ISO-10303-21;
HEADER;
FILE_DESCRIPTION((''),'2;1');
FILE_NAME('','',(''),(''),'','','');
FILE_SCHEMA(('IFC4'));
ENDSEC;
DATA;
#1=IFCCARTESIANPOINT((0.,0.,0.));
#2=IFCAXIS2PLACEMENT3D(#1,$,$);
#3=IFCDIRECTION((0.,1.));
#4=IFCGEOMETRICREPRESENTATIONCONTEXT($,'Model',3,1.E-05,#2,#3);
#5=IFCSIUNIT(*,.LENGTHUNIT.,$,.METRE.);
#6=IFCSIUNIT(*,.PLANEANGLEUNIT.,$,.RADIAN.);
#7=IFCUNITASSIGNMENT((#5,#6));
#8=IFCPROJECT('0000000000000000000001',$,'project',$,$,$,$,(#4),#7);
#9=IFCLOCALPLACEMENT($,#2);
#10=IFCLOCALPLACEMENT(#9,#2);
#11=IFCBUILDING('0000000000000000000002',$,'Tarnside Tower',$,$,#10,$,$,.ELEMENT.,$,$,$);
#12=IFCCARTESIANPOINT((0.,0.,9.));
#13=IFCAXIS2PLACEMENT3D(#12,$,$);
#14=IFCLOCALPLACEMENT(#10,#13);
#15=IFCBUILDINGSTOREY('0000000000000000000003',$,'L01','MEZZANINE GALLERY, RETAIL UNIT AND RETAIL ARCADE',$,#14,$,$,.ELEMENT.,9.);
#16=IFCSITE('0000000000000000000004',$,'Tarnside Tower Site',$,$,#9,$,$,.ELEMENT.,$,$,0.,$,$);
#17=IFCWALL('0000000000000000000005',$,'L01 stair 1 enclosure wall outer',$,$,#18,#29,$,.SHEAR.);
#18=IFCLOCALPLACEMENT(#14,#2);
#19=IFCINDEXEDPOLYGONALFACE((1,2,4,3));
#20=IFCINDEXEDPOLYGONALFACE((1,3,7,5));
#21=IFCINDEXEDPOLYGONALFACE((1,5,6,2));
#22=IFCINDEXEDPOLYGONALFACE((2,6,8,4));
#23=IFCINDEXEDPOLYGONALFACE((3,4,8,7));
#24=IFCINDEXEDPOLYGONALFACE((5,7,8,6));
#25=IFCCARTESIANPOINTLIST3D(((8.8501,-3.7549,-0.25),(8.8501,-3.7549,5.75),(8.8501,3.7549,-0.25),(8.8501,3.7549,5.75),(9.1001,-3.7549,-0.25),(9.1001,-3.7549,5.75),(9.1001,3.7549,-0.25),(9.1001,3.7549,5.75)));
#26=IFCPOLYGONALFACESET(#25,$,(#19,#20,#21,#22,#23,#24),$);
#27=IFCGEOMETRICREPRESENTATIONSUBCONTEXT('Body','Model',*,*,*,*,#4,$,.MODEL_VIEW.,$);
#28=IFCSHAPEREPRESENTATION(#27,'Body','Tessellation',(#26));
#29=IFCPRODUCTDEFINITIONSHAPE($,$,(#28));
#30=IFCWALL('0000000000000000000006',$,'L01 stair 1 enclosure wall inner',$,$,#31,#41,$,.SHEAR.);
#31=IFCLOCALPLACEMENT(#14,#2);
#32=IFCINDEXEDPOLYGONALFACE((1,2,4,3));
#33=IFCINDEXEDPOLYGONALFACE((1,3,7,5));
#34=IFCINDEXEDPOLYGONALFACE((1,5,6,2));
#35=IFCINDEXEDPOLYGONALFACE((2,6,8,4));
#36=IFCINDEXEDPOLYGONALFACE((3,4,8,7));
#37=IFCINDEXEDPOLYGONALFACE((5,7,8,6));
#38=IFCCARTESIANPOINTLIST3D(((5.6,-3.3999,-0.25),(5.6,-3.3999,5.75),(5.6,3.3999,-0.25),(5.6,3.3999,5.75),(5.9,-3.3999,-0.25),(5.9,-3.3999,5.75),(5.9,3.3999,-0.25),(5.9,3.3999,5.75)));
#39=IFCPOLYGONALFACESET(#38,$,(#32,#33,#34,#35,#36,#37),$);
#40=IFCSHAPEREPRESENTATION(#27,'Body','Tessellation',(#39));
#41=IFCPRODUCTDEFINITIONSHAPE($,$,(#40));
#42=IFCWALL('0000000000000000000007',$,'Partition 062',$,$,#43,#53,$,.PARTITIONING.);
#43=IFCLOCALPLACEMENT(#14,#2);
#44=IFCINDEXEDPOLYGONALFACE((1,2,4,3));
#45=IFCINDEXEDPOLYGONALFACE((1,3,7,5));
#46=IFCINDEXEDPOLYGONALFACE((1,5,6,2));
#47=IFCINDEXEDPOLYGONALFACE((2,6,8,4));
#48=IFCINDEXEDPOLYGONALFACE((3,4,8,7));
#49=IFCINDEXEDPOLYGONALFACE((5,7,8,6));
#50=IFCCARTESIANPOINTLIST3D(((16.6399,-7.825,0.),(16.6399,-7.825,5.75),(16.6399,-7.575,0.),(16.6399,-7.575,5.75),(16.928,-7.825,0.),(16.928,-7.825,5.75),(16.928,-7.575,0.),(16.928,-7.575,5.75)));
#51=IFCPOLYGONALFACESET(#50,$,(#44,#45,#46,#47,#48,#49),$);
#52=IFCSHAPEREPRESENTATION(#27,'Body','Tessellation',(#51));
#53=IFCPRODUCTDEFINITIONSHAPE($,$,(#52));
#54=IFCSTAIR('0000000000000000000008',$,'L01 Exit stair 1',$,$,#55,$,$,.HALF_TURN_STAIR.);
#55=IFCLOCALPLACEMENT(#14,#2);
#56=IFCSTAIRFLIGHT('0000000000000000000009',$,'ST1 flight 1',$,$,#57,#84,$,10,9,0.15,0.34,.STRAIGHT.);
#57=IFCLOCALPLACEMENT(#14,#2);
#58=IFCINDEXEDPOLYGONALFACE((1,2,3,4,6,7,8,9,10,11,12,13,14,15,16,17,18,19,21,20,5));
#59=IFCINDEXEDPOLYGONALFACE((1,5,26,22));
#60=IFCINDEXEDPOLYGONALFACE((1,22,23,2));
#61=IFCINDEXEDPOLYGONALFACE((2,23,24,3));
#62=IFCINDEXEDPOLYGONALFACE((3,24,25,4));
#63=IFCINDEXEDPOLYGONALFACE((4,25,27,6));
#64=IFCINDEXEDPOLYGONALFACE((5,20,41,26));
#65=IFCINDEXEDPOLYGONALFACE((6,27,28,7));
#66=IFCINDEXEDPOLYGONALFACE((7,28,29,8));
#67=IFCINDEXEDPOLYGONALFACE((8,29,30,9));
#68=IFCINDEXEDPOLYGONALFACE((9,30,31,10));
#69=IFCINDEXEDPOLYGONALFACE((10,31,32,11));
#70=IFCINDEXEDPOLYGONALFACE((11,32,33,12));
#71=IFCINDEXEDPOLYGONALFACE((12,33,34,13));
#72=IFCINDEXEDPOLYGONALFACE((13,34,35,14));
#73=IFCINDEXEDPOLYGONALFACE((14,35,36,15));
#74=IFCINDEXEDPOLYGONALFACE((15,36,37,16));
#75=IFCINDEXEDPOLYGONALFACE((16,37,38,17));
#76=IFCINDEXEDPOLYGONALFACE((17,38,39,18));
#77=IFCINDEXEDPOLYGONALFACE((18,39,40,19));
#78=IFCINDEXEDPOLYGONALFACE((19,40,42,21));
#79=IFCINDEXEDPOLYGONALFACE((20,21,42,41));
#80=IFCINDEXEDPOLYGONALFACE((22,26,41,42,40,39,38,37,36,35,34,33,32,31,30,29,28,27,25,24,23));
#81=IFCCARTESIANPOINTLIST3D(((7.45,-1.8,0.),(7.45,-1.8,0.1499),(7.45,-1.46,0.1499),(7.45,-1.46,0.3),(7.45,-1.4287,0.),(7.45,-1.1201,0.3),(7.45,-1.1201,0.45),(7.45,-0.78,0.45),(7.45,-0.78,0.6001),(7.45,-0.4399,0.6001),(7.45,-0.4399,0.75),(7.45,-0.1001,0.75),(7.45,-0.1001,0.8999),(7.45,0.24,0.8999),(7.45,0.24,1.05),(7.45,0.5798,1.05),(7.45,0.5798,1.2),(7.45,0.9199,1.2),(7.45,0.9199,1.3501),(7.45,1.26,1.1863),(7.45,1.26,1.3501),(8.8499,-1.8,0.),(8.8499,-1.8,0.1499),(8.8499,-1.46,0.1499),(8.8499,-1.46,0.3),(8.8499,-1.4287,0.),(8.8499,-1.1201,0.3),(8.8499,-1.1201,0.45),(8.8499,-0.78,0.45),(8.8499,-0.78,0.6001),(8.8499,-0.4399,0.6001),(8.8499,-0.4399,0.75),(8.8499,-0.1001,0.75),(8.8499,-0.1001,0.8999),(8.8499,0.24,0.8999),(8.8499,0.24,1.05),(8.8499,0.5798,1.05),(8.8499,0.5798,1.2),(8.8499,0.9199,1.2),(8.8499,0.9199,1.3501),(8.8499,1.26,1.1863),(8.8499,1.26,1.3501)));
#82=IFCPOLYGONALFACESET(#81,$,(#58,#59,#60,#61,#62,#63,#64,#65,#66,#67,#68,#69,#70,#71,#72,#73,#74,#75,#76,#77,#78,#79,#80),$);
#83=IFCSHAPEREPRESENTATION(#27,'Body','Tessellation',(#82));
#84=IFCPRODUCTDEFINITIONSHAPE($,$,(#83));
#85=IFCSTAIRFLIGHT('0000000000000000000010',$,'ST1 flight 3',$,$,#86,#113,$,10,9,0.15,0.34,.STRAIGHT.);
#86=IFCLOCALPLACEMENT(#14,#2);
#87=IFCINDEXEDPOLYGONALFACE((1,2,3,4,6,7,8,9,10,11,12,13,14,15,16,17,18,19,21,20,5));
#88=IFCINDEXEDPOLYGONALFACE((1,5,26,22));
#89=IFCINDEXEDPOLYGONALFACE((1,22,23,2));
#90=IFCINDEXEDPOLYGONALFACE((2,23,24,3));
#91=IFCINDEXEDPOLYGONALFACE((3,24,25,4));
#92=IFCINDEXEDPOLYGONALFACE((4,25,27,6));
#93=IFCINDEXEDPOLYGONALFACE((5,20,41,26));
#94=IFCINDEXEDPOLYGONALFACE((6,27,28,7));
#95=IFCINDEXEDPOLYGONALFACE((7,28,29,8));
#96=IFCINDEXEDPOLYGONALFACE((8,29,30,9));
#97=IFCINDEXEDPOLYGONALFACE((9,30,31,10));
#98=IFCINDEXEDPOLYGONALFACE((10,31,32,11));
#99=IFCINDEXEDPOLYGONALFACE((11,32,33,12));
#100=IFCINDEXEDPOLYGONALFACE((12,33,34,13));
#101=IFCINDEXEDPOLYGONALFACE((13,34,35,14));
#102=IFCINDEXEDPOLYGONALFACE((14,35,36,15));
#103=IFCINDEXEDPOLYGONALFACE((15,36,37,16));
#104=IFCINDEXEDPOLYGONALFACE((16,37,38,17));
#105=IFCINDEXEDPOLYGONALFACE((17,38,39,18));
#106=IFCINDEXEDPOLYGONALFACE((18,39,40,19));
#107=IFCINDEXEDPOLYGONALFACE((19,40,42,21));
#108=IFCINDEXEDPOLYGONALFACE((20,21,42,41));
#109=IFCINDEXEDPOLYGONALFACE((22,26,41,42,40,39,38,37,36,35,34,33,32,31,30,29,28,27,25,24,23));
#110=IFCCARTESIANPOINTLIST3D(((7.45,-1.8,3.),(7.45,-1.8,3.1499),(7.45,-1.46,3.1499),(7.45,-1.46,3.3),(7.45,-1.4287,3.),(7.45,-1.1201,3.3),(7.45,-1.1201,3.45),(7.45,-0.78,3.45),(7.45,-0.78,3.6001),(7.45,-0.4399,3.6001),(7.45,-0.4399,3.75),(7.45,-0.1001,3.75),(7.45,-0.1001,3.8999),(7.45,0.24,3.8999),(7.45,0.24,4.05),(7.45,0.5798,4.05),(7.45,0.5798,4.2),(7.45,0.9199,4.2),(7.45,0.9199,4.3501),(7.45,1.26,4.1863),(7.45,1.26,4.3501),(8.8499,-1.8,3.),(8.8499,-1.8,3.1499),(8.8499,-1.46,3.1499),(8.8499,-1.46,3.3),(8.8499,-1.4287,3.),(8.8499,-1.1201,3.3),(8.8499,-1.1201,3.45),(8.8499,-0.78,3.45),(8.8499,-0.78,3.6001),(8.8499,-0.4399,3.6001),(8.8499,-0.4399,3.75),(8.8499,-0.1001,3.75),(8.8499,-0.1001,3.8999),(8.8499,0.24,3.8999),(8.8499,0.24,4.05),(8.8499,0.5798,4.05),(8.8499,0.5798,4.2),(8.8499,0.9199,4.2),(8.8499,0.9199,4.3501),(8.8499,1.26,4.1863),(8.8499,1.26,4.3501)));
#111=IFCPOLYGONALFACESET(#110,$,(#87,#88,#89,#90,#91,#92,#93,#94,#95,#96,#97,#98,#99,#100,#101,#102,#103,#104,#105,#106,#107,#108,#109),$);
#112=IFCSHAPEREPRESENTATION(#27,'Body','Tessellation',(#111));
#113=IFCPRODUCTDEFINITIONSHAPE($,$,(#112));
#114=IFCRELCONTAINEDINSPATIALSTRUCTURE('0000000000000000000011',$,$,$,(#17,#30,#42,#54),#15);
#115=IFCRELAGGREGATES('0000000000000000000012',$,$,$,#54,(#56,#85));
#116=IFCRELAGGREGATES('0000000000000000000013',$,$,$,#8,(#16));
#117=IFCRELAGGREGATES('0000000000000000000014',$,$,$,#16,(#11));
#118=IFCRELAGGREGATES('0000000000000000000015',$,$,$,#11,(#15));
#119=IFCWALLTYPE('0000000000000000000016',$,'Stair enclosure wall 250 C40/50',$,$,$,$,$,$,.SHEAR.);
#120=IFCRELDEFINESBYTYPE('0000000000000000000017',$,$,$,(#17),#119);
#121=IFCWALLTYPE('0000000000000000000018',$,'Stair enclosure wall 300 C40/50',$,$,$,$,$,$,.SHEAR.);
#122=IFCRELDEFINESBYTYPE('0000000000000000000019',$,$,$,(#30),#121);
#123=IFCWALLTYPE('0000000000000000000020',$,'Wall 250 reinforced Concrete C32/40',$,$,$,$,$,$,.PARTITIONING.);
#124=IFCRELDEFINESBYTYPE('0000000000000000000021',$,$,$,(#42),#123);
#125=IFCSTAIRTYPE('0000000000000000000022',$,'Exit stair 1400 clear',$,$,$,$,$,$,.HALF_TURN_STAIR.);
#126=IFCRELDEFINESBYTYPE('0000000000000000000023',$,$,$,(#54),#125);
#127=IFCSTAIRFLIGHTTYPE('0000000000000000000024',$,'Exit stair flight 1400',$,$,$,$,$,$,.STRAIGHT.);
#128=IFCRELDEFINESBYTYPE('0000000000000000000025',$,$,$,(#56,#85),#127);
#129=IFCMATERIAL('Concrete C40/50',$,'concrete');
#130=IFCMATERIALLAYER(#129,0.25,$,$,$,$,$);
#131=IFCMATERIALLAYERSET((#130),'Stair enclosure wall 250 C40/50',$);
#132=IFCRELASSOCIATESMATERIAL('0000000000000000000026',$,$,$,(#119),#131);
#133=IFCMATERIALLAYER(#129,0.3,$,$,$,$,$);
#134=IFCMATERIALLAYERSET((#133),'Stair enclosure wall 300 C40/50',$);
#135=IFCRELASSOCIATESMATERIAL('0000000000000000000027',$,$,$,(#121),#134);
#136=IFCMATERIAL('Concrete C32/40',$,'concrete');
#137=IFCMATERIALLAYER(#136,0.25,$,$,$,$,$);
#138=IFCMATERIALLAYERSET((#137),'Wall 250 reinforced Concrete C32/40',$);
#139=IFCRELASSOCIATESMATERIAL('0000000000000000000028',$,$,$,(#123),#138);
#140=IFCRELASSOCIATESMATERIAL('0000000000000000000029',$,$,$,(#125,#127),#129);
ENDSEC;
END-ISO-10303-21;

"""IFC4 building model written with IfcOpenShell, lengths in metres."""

from ifc_helpers import new_model, si_unit, direction, frame, frame_2d, origin, place, context, subcontext, project, spatial, polyline, rectangle, outline, extrude, material, layer, layer_set, type_object, element, aggregate, save


model = new_model("IFC4")

# Units and contexts
model_context = context("Model", 3, precision=1e-05, world=origin(), true_north=direction((0.0, 1.0)))
body_context = subcontext(model_context, "Body", "Model", "MODEL_VIEW")
ifc_project = project(units=[si_unit("LENGTHUNIT", "METRE"), si_unit("PLANEANGLEUNIT", "RADIAN")], contexts=[model_context])

# Site, building, storey
site_placement = place(None, origin())
site = spatial("IfcSite", under=ifc_project, at=site_placement, Name="Tarnside Tower Site", CompositionType="ELEMENT", RefElevation=0.0)
building_placement = place(site_placement, origin())
building = spatial("IfcBuilding", under=site, at=building_placement, Name="Tarnside Tower", CompositionType="ELEMENT")
storey_placement = place(building_placement, frame((0.0, 0.0, 9.0)))
storey = spatial("IfcBuildingStorey", under=building, at=storey_placement, Name="L01", Description="MEZZANINE GALLERY, RETAIL UNIT AND RETAIL ARCADE", CompositionType="ELEMENT", Elevation=9.0)

# Shared definitions
ifc_material_1 = material(Name="Concrete C40/50", Category="concrete")

# Walls
ifc_layer_1 = layer(ifc_material_1, 0.25)
ifc_layer_set_1 = layer_set([ifc_layer_1], Name="Stair enclosure wall 250 C40/50")
wall_type_1 = type_object("IfcWallType", Name="Stair enclosure wall 250 C40/50", PredefinedType="SHEAR", material=ifc_layer_set_1)
wall_1_placement = place(storey_placement, frame((8.9751, -3.7549, -0.25), z_axis=(0.0, 0.0, 1.0), x_axis=(0.0, 1.0, 0.0)))
element("IfcWall", 1, at=wall_1_placement, inside=storey, type_object=wall_type_1, Name="L01 stair 1 enclosure wall outer", PredefinedType="SHEAR", context=body_context, shape_type="SweptSolid", body=[
    extrude(rectangle(XDim=7.5098, YDim=0.25, at=frame_2d((3.7549, 0.0))), origin(), (0.0, 0.0, 1.0), 6.0),
])
ifc_layer_2 = layer(ifc_material_1, 0.3)
ifc_layer_set_2 = layer_set([ifc_layer_2], Name="Stair enclosure wall 300 C40/50")
wall_type_2 = type_object("IfcWallType", Name="Stair enclosure wall 300 C40/50", PredefinedType="SHEAR", material=ifc_layer_set_2)
wall_2_placement = place(storey_placement, frame((5.75, -3.3999, -0.25), z_axis=(0.0, 0.0, 1.0), x_axis=(0.0, 1.0, 0.0)))
element("IfcWall", 2, at=wall_2_placement, inside=storey, type_object=wall_type_2, Name="L01 stair 1 enclosure wall inner", PredefinedType="SHEAR", context=body_context, shape_type="SweptSolid", body=[
    extrude(rectangle(XDim=6.7998, YDim=0.3, at=frame_2d((3.3999, 0.0))), origin(), (0.0, 0.0, 1.0), 6.0),
])
ifc_material_2 = material(Name="Concrete C32/40", Category="concrete")
ifc_layer_3 = layer(ifc_material_2, 0.25)
ifc_layer_set_3 = layer_set([ifc_layer_3], Name="Wall 250 reinforced Concrete C32/40")
wall_type_3 = type_object("IfcWallType", Name="Wall 250 reinforced Concrete C32/40", PredefinedType="PARTITIONING", material=ifc_layer_set_3)
wall_3_placement = place(storey_placement, frame((16.6399, -7.7, 0.0), z_axis=(0.0, 0.0, 1.0), x_axis=(1.0, 0.0, 0.0)))
element("IfcWall", 3, at=wall_3_placement, inside=storey, type_object=wall_type_3, Name="Partition 062", PredefinedType="PARTITIONING", context=body_context, shape_type="SweptSolid", body=[
    extrude(rectangle(XDim=0.2881, YDim=0.25, at=frame_2d((0.144, 0.0))), origin(), (0.0, 0.0, 1.0), 5.75),
])

# Stair, stair flights
stair_type = type_object("IfcStairType", Name="Exit stair 1400 clear", PredefinedType="HALF_TURN_STAIR", material=ifc_material_1)
stair_placement = place(storey_placement, origin())
stair = element("IfcStair", 4, at=stair_placement, inside=storey, type_object=stair_type, Name="L01 Exit stair 1", PredefinedType="HALF_TURN_STAIR")
stair_flight_type = type_object("IfcStairFlightType", Name="Exit stair flight 1400", PredefinedType="STRAIGHT", material=ifc_material_1)
stair_flight_1_placement = place(storey_placement, frame((8.1499, -1.8, 0.0), z_axis=(0.0, 0.0, 1.0), x_axis=(0.0, 1.0, 0.0)))
stair_flight_1 = element("IfcStairFlight", 5, at=stair_flight_1_placement, type_object=stair_flight_type, Name="ST1 flight 1", NumberOfRisers=10, NumberOfTreads=9, PredefinedType="STRAIGHT", RiserHeight=0.15, TreadLength=0.34, context=body_context, shape_type="SweptSolid", body=[
    extrude(outline(polyline([(0.0, 0.0), (0.0, 0.1499), (0.3401, 0.1499), (0.3401, 0.3), (0.6799, 0.3), (0.6799, 0.45), (1.02, 0.45), (1.02, 0.6001), (1.3601, 0.6001), (1.3601, 0.75), (1.7, 0.75), (1.7, 0.8999), (2.04, 0.8999), (2.04, 1.05), (2.3799, 1.05), (2.3799, 1.2), (2.72, 1.2), (2.72, 1.3501), (3.0601, 1.3501), (3.0601, 1.5), (3.0601, 1.1863), (0.3713, 0.0), (0.0, 0.0)])), frame((0.0, 0.7, 0.0), z_axis=(0.0, -1.0, 0.0), x_axis=(1.0, 0.0, 0.0)), (0.0, 0.0, 1.0), 1.3999),
])
stair_flight_2_placement = place(storey_placement, frame((8.1499, -1.8, 3.0), z_axis=(0.0, 0.0, 1.0), x_axis=(0.0, 1.0, 0.0)))
stair_flight_2 = element("IfcStairFlight", 6, at=stair_flight_2_placement, type_object=stair_flight_type, Name="ST1 flight 3", NumberOfRisers=10, NumberOfTreads=9, PredefinedType="STRAIGHT", RiserHeight=0.15, TreadLength=0.34, context=body_context, shape_type="SweptSolid", body=[
    extrude(outline(polyline([(0.0, 0.0), (0.0, 0.1499), (0.3401, 0.1499), (0.3401, 0.3), (0.6799, 0.3), (0.6799, 0.45), (1.02, 0.45), (1.02, 0.6001), (1.3601, 0.6001), (1.3601, 0.75), (1.7, 0.75), (1.7, 0.8999), (2.04, 0.8999), (2.04, 1.05), (2.3799, 1.05), (2.3799, 1.2), (2.72, 1.2), (2.72, 1.3501), (3.0601, 1.3501), (3.0601, 1.5), (3.0601, 1.1863), (0.3713, 0.0), (0.0, 0.0)])), frame((0.0, 0.7, 0.0), z_axis=(0.0, -1.0, 0.0), x_axis=(1.0, 0.0, 0.0)), (0.0, 0.0, 1.0), 1.3999),
])
aggregate(stair, [stair_flight_1, stair_flight_2])

save(model, "model.ifc")
